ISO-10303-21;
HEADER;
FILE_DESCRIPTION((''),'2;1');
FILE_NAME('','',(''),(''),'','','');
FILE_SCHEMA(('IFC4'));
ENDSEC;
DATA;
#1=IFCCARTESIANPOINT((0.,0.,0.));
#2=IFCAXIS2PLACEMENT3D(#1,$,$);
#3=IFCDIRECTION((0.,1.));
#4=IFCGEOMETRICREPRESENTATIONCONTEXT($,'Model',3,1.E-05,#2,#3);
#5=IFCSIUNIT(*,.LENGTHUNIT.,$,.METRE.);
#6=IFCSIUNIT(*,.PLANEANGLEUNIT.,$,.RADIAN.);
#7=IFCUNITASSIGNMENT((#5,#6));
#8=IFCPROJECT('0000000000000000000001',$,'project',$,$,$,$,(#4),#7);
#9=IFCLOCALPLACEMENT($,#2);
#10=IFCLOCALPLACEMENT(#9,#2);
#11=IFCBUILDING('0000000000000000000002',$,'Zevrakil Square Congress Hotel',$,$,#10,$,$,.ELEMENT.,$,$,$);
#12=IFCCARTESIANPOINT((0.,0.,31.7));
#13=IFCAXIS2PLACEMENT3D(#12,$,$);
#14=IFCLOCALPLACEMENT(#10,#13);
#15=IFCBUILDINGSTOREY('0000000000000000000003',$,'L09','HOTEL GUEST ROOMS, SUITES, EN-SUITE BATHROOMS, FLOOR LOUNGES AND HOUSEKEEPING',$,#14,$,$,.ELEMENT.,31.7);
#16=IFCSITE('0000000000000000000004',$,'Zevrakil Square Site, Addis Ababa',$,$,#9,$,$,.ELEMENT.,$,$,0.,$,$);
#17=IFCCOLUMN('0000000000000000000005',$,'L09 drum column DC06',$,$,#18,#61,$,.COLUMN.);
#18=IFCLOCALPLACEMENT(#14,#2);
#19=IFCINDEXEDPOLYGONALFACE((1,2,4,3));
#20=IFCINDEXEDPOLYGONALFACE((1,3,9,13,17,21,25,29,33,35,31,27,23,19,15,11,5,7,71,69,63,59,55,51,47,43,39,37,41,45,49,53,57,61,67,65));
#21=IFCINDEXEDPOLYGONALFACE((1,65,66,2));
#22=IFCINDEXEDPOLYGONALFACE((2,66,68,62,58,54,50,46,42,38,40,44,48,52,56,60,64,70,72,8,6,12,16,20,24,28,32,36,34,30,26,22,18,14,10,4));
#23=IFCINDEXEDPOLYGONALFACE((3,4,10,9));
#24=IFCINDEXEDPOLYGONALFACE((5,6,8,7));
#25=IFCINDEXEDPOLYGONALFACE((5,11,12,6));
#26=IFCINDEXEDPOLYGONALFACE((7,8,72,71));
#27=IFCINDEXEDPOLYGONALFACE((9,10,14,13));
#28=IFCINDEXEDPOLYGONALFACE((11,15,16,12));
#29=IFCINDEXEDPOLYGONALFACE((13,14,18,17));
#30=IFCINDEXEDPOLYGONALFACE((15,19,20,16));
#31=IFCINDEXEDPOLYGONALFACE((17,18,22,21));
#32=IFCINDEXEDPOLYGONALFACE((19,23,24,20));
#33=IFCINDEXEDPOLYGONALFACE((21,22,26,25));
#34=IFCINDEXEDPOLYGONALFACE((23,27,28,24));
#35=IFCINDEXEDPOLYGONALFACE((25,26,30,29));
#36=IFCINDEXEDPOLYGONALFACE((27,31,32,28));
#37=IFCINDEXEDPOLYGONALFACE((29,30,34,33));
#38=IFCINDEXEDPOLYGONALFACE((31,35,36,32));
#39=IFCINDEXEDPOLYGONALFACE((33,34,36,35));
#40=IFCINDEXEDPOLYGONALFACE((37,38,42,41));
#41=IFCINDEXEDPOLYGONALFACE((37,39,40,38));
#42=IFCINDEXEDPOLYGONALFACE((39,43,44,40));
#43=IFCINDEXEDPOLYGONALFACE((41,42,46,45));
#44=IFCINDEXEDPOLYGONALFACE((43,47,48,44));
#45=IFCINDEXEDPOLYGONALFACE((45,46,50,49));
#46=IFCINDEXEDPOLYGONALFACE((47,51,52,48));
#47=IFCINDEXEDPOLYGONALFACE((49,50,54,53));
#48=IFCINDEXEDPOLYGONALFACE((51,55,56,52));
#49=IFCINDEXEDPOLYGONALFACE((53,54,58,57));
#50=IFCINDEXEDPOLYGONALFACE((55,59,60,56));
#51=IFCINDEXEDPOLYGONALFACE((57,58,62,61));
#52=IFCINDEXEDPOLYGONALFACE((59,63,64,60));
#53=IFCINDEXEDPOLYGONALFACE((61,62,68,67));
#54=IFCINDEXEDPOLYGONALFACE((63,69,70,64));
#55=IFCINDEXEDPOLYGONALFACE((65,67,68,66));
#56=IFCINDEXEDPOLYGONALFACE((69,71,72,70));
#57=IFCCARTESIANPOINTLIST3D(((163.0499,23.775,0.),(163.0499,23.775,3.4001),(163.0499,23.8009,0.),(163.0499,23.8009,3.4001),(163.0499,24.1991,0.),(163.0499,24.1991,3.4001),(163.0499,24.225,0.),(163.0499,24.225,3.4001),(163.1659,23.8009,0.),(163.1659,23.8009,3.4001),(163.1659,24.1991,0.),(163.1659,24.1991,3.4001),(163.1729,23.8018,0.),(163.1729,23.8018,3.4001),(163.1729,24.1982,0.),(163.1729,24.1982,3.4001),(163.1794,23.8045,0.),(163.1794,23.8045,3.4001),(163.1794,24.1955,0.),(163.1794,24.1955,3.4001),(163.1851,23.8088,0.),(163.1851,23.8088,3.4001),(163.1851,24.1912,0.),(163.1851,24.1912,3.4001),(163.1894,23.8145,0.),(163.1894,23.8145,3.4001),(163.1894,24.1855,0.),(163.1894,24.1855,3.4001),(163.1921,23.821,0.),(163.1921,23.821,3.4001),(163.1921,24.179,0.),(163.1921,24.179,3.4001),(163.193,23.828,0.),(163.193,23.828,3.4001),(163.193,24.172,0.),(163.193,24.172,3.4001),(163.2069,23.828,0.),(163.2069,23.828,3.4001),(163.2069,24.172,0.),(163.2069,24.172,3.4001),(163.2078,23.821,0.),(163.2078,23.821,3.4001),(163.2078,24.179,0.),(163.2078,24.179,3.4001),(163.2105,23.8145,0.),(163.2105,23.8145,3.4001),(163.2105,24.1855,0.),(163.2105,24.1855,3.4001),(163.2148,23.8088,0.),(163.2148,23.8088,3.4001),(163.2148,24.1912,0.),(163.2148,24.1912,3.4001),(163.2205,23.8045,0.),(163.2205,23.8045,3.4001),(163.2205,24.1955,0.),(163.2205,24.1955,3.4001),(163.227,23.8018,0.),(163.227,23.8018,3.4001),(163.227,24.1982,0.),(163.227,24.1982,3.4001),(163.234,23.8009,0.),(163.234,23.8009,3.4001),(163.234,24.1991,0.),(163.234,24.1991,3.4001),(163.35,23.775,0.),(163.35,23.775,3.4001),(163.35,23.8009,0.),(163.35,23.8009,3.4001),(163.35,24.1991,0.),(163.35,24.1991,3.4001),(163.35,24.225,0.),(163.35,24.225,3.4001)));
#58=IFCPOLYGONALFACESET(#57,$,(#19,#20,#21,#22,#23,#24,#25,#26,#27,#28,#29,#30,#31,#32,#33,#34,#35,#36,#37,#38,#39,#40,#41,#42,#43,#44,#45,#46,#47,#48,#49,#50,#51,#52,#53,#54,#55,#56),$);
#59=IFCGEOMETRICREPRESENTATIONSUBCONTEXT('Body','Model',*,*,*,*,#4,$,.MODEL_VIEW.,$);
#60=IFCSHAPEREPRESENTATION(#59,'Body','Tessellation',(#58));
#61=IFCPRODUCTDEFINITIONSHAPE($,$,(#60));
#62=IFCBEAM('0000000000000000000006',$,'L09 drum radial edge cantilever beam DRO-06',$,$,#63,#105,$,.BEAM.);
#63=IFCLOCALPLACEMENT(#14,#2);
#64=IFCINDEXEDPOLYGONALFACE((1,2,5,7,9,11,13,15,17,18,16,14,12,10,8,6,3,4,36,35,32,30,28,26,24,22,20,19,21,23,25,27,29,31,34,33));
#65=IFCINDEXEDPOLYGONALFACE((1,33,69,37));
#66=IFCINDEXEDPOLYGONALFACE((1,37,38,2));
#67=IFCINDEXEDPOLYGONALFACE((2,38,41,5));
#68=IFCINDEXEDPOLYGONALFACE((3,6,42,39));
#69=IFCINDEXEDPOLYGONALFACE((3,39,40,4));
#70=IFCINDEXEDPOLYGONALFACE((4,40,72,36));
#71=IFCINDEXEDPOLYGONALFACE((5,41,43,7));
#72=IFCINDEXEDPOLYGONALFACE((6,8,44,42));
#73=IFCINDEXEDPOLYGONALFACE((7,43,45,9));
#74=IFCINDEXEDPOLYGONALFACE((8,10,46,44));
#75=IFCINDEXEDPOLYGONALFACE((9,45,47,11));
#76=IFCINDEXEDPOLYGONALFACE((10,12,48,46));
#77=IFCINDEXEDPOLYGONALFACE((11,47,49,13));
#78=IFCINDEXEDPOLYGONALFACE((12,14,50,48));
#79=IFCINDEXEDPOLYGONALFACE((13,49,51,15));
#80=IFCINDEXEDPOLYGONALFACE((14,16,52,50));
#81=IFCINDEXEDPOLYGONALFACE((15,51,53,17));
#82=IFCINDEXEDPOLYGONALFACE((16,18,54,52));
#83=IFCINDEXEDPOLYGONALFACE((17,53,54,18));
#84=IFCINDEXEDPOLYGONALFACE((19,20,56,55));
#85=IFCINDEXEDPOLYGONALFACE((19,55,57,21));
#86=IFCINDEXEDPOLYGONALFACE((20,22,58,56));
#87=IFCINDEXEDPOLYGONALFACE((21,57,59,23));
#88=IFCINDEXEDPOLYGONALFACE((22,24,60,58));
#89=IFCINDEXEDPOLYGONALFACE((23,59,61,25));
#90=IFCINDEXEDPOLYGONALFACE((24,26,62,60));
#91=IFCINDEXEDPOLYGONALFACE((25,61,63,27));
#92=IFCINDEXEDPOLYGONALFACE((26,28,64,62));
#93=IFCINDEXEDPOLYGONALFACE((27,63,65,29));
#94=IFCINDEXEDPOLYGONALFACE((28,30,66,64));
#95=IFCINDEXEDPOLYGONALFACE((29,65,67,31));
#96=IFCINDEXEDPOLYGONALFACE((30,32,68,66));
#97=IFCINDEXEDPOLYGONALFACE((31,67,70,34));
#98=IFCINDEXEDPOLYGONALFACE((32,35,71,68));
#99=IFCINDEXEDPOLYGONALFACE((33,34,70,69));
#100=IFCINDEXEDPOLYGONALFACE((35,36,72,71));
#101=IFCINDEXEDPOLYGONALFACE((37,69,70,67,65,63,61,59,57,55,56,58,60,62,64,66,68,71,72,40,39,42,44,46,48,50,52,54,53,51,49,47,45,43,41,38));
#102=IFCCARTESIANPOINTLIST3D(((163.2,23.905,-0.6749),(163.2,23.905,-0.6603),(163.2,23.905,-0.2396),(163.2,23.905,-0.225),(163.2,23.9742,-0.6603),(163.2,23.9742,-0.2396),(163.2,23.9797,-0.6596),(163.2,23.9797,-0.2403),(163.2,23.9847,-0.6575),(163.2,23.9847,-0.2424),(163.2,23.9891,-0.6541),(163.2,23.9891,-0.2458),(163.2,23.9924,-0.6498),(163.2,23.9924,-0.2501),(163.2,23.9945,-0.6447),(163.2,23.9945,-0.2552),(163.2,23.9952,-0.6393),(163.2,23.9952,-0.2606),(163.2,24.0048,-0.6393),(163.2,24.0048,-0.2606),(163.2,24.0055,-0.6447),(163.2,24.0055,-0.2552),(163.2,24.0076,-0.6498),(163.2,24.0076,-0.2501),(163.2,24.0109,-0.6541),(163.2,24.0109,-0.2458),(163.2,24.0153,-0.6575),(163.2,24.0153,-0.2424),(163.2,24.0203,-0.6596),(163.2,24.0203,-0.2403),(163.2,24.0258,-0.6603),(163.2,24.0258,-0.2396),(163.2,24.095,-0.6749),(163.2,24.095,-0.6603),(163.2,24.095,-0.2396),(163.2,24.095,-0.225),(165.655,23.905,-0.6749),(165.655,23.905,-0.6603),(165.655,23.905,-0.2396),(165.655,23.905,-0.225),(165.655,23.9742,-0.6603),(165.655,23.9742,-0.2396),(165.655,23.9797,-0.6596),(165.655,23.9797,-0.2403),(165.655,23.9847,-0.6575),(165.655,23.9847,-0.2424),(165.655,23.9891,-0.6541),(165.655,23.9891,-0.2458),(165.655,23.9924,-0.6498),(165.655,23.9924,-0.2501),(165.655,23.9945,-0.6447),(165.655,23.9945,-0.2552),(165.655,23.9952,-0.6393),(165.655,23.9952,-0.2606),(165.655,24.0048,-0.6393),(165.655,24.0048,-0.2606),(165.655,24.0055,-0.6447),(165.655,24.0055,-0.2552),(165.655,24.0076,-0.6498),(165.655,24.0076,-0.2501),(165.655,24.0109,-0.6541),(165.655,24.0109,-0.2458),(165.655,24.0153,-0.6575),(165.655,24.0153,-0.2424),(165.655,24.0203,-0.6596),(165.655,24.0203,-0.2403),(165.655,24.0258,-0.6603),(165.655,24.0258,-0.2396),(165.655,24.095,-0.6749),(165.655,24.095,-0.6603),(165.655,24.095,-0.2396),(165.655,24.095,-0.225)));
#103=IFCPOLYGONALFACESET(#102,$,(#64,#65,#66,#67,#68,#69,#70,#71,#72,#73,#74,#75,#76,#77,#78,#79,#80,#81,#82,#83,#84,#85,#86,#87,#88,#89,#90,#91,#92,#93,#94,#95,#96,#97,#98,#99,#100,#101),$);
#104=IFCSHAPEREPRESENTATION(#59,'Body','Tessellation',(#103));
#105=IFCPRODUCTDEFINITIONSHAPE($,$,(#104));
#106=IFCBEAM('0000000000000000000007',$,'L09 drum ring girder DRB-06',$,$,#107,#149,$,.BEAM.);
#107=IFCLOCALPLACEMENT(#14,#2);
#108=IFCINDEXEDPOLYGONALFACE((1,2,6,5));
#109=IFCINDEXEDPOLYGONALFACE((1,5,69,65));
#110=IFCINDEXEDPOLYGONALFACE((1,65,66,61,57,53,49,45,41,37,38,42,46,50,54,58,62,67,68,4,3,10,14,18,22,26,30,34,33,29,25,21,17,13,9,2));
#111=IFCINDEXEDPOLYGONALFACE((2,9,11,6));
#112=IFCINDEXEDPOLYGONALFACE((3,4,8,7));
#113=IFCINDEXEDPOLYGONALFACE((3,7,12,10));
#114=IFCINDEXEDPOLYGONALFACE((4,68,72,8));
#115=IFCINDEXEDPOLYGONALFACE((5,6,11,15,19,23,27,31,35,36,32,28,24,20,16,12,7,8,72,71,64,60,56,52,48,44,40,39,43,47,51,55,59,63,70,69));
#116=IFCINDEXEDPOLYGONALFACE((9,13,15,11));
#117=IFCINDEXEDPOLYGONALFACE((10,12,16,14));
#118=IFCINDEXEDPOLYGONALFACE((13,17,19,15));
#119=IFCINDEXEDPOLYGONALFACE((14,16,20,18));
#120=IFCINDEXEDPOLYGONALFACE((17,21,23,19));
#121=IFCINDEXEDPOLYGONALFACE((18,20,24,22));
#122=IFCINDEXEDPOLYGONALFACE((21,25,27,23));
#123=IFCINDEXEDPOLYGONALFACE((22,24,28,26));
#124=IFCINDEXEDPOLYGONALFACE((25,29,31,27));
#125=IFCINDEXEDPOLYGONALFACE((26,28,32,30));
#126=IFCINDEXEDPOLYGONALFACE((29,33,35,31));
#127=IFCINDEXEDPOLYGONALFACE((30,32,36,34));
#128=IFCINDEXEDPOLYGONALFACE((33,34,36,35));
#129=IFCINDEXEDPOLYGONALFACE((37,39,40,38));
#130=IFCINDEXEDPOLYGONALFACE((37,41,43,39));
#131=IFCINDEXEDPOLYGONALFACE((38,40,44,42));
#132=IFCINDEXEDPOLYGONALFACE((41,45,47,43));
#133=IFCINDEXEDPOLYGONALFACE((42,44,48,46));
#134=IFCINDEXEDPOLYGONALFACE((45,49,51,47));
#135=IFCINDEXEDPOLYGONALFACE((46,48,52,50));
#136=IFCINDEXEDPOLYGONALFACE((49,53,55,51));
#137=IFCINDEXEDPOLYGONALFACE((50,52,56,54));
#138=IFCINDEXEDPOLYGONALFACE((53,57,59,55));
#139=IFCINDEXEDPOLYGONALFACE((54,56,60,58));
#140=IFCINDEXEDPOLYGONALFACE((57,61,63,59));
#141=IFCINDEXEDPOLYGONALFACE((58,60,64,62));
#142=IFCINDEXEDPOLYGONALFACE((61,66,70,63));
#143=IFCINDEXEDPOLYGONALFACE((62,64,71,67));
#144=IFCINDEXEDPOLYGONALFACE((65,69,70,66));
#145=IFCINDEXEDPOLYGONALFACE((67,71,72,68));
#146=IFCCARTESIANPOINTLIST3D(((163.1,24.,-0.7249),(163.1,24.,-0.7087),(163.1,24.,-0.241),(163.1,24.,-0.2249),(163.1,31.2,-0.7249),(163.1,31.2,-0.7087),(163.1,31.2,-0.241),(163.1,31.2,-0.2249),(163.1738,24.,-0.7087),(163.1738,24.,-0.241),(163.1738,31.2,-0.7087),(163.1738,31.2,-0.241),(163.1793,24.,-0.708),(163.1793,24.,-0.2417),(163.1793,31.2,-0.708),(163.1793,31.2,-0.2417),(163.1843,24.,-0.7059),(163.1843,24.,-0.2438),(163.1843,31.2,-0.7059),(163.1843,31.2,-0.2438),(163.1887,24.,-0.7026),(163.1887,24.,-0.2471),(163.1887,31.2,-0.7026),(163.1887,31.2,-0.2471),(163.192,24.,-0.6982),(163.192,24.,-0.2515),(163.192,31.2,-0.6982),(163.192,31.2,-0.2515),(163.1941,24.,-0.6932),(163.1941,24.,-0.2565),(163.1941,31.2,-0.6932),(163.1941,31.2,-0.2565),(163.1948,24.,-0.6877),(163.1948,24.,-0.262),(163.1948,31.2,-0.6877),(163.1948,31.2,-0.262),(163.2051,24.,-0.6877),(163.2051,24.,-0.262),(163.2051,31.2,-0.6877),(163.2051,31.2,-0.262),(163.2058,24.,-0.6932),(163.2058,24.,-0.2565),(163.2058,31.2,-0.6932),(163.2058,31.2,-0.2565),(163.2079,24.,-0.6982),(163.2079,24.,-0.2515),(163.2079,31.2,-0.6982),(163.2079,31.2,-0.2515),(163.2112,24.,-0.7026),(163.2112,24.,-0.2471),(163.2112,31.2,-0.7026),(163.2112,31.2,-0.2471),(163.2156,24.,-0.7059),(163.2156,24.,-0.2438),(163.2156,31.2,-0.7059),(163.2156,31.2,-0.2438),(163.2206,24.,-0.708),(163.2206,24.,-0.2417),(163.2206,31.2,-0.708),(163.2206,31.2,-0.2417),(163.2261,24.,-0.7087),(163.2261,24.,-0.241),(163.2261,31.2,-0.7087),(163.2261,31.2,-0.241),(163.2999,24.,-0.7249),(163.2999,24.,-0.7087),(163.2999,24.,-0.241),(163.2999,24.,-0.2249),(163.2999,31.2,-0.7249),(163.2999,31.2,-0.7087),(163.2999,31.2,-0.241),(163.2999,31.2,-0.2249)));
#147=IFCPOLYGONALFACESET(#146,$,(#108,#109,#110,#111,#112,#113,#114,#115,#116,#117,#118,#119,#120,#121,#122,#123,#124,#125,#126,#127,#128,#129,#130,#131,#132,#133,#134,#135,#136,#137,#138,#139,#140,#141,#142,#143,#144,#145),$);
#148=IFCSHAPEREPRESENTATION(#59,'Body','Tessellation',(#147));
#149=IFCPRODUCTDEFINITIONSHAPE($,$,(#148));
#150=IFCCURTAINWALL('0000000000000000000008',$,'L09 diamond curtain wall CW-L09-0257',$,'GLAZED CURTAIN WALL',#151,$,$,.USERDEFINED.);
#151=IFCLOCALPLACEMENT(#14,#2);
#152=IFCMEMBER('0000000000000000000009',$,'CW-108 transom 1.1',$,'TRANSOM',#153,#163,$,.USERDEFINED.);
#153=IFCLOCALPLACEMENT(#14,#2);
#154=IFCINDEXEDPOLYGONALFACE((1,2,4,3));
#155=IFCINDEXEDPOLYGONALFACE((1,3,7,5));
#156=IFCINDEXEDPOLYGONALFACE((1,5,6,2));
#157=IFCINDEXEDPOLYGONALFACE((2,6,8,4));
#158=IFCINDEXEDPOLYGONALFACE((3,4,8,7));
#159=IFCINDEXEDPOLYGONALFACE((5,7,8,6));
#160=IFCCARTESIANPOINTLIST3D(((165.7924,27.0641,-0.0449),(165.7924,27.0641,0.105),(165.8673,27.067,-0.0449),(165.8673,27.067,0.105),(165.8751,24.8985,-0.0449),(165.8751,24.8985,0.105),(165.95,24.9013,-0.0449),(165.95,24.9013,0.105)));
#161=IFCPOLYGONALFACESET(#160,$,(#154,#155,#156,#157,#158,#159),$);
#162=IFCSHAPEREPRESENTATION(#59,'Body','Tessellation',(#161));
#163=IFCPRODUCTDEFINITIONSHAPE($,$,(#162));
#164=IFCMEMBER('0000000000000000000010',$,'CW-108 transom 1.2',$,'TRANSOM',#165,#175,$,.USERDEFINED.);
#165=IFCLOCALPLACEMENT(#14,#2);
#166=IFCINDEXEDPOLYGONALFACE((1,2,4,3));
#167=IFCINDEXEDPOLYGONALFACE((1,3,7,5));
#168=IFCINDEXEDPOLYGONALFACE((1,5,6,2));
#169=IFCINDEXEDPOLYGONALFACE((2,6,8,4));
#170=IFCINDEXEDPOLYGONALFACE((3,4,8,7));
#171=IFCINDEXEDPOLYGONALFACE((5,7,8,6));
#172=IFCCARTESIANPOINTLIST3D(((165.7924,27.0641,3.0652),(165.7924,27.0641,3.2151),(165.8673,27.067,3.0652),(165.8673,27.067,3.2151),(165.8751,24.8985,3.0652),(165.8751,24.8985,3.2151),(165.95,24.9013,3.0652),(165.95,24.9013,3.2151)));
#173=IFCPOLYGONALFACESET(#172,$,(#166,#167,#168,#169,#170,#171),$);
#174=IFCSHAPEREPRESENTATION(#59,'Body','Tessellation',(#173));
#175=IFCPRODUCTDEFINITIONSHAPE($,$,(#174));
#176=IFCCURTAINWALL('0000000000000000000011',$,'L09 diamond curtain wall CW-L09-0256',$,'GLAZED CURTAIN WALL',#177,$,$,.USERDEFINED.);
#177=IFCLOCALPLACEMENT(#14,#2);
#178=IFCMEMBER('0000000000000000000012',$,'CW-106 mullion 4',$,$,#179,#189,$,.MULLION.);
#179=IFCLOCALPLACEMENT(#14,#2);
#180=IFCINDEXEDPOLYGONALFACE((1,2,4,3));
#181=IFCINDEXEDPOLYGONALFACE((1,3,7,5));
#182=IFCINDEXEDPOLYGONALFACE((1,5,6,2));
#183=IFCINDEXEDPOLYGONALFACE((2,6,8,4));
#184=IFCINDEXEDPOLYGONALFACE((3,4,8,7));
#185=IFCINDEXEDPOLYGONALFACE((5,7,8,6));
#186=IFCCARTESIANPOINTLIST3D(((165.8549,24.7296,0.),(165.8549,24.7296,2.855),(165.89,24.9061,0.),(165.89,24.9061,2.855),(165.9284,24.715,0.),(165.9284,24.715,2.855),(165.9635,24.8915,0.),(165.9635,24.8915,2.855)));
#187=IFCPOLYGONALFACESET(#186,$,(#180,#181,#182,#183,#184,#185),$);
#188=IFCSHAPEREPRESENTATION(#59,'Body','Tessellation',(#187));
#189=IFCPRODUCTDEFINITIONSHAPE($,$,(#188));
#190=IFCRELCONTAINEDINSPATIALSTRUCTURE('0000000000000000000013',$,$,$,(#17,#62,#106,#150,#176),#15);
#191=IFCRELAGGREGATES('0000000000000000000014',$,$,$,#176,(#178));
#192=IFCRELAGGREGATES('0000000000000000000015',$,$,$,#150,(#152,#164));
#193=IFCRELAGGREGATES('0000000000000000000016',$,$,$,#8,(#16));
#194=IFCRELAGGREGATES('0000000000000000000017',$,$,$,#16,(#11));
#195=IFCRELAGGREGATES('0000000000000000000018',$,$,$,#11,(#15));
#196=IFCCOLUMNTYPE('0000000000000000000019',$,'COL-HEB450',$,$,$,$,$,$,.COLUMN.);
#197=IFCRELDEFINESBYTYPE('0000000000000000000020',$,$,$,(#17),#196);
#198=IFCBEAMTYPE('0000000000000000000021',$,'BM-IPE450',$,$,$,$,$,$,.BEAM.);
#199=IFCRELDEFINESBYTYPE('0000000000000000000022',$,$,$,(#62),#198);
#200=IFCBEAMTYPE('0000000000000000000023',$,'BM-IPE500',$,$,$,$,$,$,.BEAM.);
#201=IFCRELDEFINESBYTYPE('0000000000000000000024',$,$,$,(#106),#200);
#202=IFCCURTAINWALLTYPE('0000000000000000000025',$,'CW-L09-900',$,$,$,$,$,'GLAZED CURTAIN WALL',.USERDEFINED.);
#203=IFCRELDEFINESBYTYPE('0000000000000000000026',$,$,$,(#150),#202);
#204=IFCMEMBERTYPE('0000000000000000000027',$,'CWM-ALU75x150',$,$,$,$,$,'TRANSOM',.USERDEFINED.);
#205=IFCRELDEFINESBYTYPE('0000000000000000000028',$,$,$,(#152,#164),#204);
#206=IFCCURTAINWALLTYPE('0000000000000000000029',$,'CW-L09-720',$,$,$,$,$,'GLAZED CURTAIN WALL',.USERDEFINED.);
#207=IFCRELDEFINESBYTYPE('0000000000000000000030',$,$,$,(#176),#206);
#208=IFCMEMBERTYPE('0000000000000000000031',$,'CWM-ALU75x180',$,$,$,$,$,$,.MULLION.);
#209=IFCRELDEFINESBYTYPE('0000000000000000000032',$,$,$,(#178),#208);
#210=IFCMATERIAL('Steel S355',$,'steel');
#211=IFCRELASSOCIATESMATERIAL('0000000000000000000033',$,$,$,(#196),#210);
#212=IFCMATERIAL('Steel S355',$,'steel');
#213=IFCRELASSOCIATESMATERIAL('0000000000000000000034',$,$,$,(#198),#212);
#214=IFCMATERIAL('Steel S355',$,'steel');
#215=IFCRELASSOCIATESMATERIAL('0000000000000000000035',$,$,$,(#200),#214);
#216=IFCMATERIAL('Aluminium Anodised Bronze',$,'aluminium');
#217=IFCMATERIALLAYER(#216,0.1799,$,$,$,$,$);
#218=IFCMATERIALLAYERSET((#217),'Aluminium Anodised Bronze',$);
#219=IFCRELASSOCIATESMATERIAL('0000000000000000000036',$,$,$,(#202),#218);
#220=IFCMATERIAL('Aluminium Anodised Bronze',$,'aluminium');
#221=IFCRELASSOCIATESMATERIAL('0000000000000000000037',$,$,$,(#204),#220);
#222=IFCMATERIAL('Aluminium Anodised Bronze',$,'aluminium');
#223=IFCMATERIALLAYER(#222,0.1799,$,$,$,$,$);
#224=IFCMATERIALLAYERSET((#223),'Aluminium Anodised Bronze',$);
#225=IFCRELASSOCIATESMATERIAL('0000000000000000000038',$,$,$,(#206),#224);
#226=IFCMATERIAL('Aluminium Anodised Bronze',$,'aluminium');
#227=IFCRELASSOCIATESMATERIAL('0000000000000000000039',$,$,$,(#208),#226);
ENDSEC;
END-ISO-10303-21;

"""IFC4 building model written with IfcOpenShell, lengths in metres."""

from ifc_helpers import new_model, si_unit, direction, frame, origin, origin_2d, place, context, subcontext, project, spatial, rectangle, i_section, extrude, material, layer, layer_set, material_profile, profile_set, type_object, element, aggregate, save


model = new_model("IFC4")

# Units and contexts
model_context = context("Model", 3, precision=1e-05, world=origin(), true_north=direction((0.0, 1.0)))
body_context = subcontext(model_context, "Body", "Model", "MODEL_VIEW")
ifc_project = project(units=[si_unit("LENGTHUNIT", "METRE"), si_unit("PLANEANGLEUNIT", "RADIAN")], contexts=[model_context])

# Site, building, storey
site_placement = place(None, origin())
site = spatial("IfcSite", under=ifc_project, at=site_placement, Name="Zevrakil Square Site, Addis Ababa", CompositionType="ELEMENT", RefElevation=0.0)
building_placement = place(site_placement, origin())
building = spatial("IfcBuilding", under=site, at=building_placement, Name="Zevrakil Square Congress Hotel", CompositionType="ELEMENT")
storey_placement = place(building_placement, frame((0.0, 0.0, 31.7)))
storey = spatial("IfcBuildingStorey", under=building, at=storey_placement, Name="L09", Description="HOTEL GUEST ROOMS, SUITES, EN-SUITE BATHROOMS, FLOOR LOUNGES AND HOUSEKEEPING", CompositionType="ELEMENT", Elevation=31.7)

# Column
ifc_material_1 = material(Name="Steel S355", Category="steel")
ifc_material_profile_1 = material_profile(ifc_material_1, i_section(OverallWidth=0.3, OverallDepth=0.45, WebThickness=0.0139, FlangeThickness=0.0259, FilletRadius=0.0271, at=origin_2d()), Name="HEB 450")
ifc_profile_set_1 = profile_set([ifc_material_profile_1], Name="Steel S355")
column_type = type_object("IfcColumnType", Name="COL-HEB450", PredefinedType="COLUMN", material=ifc_profile_set_1)
column_placement = place(storey_placement, frame((163.2, 24.0, 0.0), z_axis=(0.0, 0.0, 1.0), x_axis=(1.0, 0.0, 0.0)))
element("IfcColumn", 1, at=column_placement, inside=storey, type_object=column_type, Name="L09 drum column DC06", PredefinedType="COLUMN", context=body_context, shape_type="SweptSolid", body=[
    extrude(i_section(OverallWidth=0.3, OverallDepth=0.45, WebThickness=0.0139, FlangeThickness=0.0259, FilletRadius=0.0271, at=origin_2d()), origin(), (0.0, 0.0, 1.0), 3.4001),
])

# Beams
ifc_material_2 = material(Name="Steel S355", Category="steel")
ifc_material_profile_2 = material_profile(ifc_material_2, i_section(OverallWidth=0.1899, OverallDepth=0.45, WebThickness=0.0095, FlangeThickness=0.0146, FilletRadius=0.021, at=origin_2d()), Name="IPE 450")
ifc_profile_set_2 = profile_set([ifc_material_profile_2], Name="Steel S355")
beam_type_1 = type_object("IfcBeamType", Name="BM-IPE450", PredefinedType="BEAM", material=ifc_profile_set_2)
beam_1_placement = place(storey_placement, frame((163.2, 24.0, -0.45), z_axis=(1.0, 0.0, 0.0), x_axis=(0.0, 1.0, 0.0)))
element("IfcBeam", 2, at=beam_1_placement, inside=storey, type_object=beam_type_1, Name="L09 drum radial edge cantilever beam DRO-06", PredefinedType="BEAM", context=body_context, shape_type="SweptSolid", body=[
    extrude(i_section(OverallWidth=0.1899, OverallDepth=0.45, WebThickness=0.0095, FlangeThickness=0.0146, FilletRadius=0.021, at=origin_2d()), origin(), (0.0, 0.0, 1.0), 2.4551),
])
ifc_material_3 = material(Name="Steel S355", Category="steel")
ifc_material_profile_3 = material_profile(ifc_material_3, i_section(OverallWidth=0.2, OverallDepth=0.5, WebThickness=0.0103, FlangeThickness=0.0161, FilletRadius=0.021, at=origin_2d()), Name="IPE 500")
ifc_profile_set_3 = profile_set([ifc_material_profile_3], Name="Steel S355")
beam_type_2 = type_object("IfcBeamType", Name="BM-IPE500", PredefinedType="BEAM", material=ifc_profile_set_3)
beam_2_placement = place(storey_placement, frame((163.2, 24.0, -0.4749), z_axis=(0.0, 1.0, 0.0), x_axis=(-1.0, 0.0, 0.0)))
element("IfcBeam", 3, at=beam_2_placement, inside=storey, type_object=beam_type_2, Name="L09 drum ring girder DRB-06", PredefinedType="BEAM", context=body_context, shape_type="SweptSolid", body=[
    extrude(i_section(OverallWidth=0.2, OverallDepth=0.5, WebThickness=0.0103, FlangeThickness=0.0161, FilletRadius=0.021, at=origin_2d()), origin(), (0.0, 0.0, 1.0), 7.2),
])

# Curtain wall, members
ifc_material_4 = material(Name="Aluminium Anodised Bronze", Category="aluminium")
ifc_layer_1 = layer(ifc_material_4, 0.1799)
ifc_layer_set_1 = layer_set([ifc_layer_1], Name="Aluminium Anodised Bronze")
curtain_wall_type_1 = type_object("IfcCurtainWallType", Name="CW-L09-900", ElementType="GLAZED CURTAIN WALL", PredefinedType="USERDEFINED", material=ifc_layer_set_1)
curtain_wall_1_placement = place(storey_placement, origin())
curtain_wall_1 = element("IfcCurtainWall", 4, at=curtain_wall_1_placement, inside=storey, type_object=curtain_wall_type_1, Name="L09 diamond curtain wall CW-L09-0257", ObjectType="GLAZED CURTAIN WALL", PredefinedType="USERDEFINED")
ifc_material_5 = material(Name="Aluminium Anodised Bronze", Category="aluminium")
ifc_material_profile_4 = material_profile(ifc_material_5, rectangle(XDim=0.075, YDim=0.1499, at=origin_2d()), Name="ALU 75x150")
ifc_profile_set_4 = profile_set([ifc_material_profile_4], Name="Aluminium Anodised Bronze")
member_type_1 = type_object("IfcMemberType", Name="CWM-ALU75x150", ElementType="TRANSOM", PredefinedType="USERDEFINED", material=ifc_profile_set_4)
member_1_placement = place(storey_placement, frame((165.9126, 24.8999, 0.03), z_axis=(-0.038187, 0.999271, 0.0), x_axis=(-0.999271, -0.038187, 0.0)))
member_1 = element("IfcMember", 5, at=member_1_placement, type_object=member_type_1, Name="CW-108 transom 1.1", ObjectType="TRANSOM", PredefinedType="USERDEFINED", context=body_context, shape_type="SweptSolid", body=[
    extrude(rectangle(XDim=0.075, YDim=0.1499, at=origin_2d()), origin(), (0.0, 0.0, 1.0), 2.1672),
])
member_2_placement = place(storey_placement, frame((165.9126, 24.8999, 3.1401), z_axis=(-0.038187, 0.999271, 0.0), x_axis=(-0.999271, -0.038187, 0.0)))
member_2 = element("IfcMember", 6, at=member_2_placement, type_object=member_type_1, Name="CW-108 transom 1.2", ObjectType="TRANSOM", PredefinedType="USERDEFINED", context=body_context, shape_type="SweptSolid", body=[
    extrude(rectangle(XDim=0.075, YDim=0.1499, at=origin_2d()), origin(), (0.0, 0.0, 1.0), 2.1672),
])

# Curtain wall, member
ifc_material_6 = material(Name="Aluminium Anodised Bronze", Category="aluminium")
ifc_layer_2 = layer(ifc_material_6, 0.1799)
ifc_layer_set_2 = layer_set([ifc_layer_2], Name="Aluminium Anodised Bronze")
curtain_wall_type_2 = type_object("IfcCurtainWallType", Name="CW-L09-720", ElementType="GLAZED CURTAIN WALL", PredefinedType="USERDEFINED", material=ifc_layer_set_2)
curtain_wall_2_placement = place(storey_placement, origin())
curtain_wall_2 = element("IfcCurtainWall", 7, at=curtain_wall_2_placement, inside=storey, type_object=curtain_wall_type_2, Name="L09 diamond curtain wall CW-L09-0256", ObjectType="GLAZED CURTAIN WALL", PredefinedType="USERDEFINED")
ifc_material_7 = material(Name="Aluminium Anodised Bronze", Category="aluminium")
ifc_material_profile_5 = material_profile(ifc_material_7, rectangle(XDim=0.075, YDim=0.1799, at=origin_2d()), Name="ALU 75x180")
ifc_profile_set_5 = profile_set([ifc_material_profile_5], Name="Aluminium Anodised Bronze")
member_type_2 = type_object("IfcMemberType", Name="CWM-ALU75x180", PredefinedType="MULLION", material=ifc_profile_set_5)
member_3_placement = place(storey_placement, frame((165.9092, 24.8105, 0.0), z_axis=(0.0, 0.0, 1.0), x_axis=(-0.980787, 0.195084, 0.0)))
member_3 = element("IfcMember", 8, at=member_3_placement, type_object=member_type_2, Name="CW-106 mullion 4", PredefinedType="MULLION", context=body_context, shape_type="SweptSolid", body=[
    extrude(rectangle(XDim=0.075, YDim=0.1799, at=origin_2d()), origin(), (0.0, 0.0, 1.0), 2.855),
])

aggregate(curtain_wall_2, [member_3])
aggregate(curtain_wall_1, [member_1, member_2])

save(model, "model.ifc")
